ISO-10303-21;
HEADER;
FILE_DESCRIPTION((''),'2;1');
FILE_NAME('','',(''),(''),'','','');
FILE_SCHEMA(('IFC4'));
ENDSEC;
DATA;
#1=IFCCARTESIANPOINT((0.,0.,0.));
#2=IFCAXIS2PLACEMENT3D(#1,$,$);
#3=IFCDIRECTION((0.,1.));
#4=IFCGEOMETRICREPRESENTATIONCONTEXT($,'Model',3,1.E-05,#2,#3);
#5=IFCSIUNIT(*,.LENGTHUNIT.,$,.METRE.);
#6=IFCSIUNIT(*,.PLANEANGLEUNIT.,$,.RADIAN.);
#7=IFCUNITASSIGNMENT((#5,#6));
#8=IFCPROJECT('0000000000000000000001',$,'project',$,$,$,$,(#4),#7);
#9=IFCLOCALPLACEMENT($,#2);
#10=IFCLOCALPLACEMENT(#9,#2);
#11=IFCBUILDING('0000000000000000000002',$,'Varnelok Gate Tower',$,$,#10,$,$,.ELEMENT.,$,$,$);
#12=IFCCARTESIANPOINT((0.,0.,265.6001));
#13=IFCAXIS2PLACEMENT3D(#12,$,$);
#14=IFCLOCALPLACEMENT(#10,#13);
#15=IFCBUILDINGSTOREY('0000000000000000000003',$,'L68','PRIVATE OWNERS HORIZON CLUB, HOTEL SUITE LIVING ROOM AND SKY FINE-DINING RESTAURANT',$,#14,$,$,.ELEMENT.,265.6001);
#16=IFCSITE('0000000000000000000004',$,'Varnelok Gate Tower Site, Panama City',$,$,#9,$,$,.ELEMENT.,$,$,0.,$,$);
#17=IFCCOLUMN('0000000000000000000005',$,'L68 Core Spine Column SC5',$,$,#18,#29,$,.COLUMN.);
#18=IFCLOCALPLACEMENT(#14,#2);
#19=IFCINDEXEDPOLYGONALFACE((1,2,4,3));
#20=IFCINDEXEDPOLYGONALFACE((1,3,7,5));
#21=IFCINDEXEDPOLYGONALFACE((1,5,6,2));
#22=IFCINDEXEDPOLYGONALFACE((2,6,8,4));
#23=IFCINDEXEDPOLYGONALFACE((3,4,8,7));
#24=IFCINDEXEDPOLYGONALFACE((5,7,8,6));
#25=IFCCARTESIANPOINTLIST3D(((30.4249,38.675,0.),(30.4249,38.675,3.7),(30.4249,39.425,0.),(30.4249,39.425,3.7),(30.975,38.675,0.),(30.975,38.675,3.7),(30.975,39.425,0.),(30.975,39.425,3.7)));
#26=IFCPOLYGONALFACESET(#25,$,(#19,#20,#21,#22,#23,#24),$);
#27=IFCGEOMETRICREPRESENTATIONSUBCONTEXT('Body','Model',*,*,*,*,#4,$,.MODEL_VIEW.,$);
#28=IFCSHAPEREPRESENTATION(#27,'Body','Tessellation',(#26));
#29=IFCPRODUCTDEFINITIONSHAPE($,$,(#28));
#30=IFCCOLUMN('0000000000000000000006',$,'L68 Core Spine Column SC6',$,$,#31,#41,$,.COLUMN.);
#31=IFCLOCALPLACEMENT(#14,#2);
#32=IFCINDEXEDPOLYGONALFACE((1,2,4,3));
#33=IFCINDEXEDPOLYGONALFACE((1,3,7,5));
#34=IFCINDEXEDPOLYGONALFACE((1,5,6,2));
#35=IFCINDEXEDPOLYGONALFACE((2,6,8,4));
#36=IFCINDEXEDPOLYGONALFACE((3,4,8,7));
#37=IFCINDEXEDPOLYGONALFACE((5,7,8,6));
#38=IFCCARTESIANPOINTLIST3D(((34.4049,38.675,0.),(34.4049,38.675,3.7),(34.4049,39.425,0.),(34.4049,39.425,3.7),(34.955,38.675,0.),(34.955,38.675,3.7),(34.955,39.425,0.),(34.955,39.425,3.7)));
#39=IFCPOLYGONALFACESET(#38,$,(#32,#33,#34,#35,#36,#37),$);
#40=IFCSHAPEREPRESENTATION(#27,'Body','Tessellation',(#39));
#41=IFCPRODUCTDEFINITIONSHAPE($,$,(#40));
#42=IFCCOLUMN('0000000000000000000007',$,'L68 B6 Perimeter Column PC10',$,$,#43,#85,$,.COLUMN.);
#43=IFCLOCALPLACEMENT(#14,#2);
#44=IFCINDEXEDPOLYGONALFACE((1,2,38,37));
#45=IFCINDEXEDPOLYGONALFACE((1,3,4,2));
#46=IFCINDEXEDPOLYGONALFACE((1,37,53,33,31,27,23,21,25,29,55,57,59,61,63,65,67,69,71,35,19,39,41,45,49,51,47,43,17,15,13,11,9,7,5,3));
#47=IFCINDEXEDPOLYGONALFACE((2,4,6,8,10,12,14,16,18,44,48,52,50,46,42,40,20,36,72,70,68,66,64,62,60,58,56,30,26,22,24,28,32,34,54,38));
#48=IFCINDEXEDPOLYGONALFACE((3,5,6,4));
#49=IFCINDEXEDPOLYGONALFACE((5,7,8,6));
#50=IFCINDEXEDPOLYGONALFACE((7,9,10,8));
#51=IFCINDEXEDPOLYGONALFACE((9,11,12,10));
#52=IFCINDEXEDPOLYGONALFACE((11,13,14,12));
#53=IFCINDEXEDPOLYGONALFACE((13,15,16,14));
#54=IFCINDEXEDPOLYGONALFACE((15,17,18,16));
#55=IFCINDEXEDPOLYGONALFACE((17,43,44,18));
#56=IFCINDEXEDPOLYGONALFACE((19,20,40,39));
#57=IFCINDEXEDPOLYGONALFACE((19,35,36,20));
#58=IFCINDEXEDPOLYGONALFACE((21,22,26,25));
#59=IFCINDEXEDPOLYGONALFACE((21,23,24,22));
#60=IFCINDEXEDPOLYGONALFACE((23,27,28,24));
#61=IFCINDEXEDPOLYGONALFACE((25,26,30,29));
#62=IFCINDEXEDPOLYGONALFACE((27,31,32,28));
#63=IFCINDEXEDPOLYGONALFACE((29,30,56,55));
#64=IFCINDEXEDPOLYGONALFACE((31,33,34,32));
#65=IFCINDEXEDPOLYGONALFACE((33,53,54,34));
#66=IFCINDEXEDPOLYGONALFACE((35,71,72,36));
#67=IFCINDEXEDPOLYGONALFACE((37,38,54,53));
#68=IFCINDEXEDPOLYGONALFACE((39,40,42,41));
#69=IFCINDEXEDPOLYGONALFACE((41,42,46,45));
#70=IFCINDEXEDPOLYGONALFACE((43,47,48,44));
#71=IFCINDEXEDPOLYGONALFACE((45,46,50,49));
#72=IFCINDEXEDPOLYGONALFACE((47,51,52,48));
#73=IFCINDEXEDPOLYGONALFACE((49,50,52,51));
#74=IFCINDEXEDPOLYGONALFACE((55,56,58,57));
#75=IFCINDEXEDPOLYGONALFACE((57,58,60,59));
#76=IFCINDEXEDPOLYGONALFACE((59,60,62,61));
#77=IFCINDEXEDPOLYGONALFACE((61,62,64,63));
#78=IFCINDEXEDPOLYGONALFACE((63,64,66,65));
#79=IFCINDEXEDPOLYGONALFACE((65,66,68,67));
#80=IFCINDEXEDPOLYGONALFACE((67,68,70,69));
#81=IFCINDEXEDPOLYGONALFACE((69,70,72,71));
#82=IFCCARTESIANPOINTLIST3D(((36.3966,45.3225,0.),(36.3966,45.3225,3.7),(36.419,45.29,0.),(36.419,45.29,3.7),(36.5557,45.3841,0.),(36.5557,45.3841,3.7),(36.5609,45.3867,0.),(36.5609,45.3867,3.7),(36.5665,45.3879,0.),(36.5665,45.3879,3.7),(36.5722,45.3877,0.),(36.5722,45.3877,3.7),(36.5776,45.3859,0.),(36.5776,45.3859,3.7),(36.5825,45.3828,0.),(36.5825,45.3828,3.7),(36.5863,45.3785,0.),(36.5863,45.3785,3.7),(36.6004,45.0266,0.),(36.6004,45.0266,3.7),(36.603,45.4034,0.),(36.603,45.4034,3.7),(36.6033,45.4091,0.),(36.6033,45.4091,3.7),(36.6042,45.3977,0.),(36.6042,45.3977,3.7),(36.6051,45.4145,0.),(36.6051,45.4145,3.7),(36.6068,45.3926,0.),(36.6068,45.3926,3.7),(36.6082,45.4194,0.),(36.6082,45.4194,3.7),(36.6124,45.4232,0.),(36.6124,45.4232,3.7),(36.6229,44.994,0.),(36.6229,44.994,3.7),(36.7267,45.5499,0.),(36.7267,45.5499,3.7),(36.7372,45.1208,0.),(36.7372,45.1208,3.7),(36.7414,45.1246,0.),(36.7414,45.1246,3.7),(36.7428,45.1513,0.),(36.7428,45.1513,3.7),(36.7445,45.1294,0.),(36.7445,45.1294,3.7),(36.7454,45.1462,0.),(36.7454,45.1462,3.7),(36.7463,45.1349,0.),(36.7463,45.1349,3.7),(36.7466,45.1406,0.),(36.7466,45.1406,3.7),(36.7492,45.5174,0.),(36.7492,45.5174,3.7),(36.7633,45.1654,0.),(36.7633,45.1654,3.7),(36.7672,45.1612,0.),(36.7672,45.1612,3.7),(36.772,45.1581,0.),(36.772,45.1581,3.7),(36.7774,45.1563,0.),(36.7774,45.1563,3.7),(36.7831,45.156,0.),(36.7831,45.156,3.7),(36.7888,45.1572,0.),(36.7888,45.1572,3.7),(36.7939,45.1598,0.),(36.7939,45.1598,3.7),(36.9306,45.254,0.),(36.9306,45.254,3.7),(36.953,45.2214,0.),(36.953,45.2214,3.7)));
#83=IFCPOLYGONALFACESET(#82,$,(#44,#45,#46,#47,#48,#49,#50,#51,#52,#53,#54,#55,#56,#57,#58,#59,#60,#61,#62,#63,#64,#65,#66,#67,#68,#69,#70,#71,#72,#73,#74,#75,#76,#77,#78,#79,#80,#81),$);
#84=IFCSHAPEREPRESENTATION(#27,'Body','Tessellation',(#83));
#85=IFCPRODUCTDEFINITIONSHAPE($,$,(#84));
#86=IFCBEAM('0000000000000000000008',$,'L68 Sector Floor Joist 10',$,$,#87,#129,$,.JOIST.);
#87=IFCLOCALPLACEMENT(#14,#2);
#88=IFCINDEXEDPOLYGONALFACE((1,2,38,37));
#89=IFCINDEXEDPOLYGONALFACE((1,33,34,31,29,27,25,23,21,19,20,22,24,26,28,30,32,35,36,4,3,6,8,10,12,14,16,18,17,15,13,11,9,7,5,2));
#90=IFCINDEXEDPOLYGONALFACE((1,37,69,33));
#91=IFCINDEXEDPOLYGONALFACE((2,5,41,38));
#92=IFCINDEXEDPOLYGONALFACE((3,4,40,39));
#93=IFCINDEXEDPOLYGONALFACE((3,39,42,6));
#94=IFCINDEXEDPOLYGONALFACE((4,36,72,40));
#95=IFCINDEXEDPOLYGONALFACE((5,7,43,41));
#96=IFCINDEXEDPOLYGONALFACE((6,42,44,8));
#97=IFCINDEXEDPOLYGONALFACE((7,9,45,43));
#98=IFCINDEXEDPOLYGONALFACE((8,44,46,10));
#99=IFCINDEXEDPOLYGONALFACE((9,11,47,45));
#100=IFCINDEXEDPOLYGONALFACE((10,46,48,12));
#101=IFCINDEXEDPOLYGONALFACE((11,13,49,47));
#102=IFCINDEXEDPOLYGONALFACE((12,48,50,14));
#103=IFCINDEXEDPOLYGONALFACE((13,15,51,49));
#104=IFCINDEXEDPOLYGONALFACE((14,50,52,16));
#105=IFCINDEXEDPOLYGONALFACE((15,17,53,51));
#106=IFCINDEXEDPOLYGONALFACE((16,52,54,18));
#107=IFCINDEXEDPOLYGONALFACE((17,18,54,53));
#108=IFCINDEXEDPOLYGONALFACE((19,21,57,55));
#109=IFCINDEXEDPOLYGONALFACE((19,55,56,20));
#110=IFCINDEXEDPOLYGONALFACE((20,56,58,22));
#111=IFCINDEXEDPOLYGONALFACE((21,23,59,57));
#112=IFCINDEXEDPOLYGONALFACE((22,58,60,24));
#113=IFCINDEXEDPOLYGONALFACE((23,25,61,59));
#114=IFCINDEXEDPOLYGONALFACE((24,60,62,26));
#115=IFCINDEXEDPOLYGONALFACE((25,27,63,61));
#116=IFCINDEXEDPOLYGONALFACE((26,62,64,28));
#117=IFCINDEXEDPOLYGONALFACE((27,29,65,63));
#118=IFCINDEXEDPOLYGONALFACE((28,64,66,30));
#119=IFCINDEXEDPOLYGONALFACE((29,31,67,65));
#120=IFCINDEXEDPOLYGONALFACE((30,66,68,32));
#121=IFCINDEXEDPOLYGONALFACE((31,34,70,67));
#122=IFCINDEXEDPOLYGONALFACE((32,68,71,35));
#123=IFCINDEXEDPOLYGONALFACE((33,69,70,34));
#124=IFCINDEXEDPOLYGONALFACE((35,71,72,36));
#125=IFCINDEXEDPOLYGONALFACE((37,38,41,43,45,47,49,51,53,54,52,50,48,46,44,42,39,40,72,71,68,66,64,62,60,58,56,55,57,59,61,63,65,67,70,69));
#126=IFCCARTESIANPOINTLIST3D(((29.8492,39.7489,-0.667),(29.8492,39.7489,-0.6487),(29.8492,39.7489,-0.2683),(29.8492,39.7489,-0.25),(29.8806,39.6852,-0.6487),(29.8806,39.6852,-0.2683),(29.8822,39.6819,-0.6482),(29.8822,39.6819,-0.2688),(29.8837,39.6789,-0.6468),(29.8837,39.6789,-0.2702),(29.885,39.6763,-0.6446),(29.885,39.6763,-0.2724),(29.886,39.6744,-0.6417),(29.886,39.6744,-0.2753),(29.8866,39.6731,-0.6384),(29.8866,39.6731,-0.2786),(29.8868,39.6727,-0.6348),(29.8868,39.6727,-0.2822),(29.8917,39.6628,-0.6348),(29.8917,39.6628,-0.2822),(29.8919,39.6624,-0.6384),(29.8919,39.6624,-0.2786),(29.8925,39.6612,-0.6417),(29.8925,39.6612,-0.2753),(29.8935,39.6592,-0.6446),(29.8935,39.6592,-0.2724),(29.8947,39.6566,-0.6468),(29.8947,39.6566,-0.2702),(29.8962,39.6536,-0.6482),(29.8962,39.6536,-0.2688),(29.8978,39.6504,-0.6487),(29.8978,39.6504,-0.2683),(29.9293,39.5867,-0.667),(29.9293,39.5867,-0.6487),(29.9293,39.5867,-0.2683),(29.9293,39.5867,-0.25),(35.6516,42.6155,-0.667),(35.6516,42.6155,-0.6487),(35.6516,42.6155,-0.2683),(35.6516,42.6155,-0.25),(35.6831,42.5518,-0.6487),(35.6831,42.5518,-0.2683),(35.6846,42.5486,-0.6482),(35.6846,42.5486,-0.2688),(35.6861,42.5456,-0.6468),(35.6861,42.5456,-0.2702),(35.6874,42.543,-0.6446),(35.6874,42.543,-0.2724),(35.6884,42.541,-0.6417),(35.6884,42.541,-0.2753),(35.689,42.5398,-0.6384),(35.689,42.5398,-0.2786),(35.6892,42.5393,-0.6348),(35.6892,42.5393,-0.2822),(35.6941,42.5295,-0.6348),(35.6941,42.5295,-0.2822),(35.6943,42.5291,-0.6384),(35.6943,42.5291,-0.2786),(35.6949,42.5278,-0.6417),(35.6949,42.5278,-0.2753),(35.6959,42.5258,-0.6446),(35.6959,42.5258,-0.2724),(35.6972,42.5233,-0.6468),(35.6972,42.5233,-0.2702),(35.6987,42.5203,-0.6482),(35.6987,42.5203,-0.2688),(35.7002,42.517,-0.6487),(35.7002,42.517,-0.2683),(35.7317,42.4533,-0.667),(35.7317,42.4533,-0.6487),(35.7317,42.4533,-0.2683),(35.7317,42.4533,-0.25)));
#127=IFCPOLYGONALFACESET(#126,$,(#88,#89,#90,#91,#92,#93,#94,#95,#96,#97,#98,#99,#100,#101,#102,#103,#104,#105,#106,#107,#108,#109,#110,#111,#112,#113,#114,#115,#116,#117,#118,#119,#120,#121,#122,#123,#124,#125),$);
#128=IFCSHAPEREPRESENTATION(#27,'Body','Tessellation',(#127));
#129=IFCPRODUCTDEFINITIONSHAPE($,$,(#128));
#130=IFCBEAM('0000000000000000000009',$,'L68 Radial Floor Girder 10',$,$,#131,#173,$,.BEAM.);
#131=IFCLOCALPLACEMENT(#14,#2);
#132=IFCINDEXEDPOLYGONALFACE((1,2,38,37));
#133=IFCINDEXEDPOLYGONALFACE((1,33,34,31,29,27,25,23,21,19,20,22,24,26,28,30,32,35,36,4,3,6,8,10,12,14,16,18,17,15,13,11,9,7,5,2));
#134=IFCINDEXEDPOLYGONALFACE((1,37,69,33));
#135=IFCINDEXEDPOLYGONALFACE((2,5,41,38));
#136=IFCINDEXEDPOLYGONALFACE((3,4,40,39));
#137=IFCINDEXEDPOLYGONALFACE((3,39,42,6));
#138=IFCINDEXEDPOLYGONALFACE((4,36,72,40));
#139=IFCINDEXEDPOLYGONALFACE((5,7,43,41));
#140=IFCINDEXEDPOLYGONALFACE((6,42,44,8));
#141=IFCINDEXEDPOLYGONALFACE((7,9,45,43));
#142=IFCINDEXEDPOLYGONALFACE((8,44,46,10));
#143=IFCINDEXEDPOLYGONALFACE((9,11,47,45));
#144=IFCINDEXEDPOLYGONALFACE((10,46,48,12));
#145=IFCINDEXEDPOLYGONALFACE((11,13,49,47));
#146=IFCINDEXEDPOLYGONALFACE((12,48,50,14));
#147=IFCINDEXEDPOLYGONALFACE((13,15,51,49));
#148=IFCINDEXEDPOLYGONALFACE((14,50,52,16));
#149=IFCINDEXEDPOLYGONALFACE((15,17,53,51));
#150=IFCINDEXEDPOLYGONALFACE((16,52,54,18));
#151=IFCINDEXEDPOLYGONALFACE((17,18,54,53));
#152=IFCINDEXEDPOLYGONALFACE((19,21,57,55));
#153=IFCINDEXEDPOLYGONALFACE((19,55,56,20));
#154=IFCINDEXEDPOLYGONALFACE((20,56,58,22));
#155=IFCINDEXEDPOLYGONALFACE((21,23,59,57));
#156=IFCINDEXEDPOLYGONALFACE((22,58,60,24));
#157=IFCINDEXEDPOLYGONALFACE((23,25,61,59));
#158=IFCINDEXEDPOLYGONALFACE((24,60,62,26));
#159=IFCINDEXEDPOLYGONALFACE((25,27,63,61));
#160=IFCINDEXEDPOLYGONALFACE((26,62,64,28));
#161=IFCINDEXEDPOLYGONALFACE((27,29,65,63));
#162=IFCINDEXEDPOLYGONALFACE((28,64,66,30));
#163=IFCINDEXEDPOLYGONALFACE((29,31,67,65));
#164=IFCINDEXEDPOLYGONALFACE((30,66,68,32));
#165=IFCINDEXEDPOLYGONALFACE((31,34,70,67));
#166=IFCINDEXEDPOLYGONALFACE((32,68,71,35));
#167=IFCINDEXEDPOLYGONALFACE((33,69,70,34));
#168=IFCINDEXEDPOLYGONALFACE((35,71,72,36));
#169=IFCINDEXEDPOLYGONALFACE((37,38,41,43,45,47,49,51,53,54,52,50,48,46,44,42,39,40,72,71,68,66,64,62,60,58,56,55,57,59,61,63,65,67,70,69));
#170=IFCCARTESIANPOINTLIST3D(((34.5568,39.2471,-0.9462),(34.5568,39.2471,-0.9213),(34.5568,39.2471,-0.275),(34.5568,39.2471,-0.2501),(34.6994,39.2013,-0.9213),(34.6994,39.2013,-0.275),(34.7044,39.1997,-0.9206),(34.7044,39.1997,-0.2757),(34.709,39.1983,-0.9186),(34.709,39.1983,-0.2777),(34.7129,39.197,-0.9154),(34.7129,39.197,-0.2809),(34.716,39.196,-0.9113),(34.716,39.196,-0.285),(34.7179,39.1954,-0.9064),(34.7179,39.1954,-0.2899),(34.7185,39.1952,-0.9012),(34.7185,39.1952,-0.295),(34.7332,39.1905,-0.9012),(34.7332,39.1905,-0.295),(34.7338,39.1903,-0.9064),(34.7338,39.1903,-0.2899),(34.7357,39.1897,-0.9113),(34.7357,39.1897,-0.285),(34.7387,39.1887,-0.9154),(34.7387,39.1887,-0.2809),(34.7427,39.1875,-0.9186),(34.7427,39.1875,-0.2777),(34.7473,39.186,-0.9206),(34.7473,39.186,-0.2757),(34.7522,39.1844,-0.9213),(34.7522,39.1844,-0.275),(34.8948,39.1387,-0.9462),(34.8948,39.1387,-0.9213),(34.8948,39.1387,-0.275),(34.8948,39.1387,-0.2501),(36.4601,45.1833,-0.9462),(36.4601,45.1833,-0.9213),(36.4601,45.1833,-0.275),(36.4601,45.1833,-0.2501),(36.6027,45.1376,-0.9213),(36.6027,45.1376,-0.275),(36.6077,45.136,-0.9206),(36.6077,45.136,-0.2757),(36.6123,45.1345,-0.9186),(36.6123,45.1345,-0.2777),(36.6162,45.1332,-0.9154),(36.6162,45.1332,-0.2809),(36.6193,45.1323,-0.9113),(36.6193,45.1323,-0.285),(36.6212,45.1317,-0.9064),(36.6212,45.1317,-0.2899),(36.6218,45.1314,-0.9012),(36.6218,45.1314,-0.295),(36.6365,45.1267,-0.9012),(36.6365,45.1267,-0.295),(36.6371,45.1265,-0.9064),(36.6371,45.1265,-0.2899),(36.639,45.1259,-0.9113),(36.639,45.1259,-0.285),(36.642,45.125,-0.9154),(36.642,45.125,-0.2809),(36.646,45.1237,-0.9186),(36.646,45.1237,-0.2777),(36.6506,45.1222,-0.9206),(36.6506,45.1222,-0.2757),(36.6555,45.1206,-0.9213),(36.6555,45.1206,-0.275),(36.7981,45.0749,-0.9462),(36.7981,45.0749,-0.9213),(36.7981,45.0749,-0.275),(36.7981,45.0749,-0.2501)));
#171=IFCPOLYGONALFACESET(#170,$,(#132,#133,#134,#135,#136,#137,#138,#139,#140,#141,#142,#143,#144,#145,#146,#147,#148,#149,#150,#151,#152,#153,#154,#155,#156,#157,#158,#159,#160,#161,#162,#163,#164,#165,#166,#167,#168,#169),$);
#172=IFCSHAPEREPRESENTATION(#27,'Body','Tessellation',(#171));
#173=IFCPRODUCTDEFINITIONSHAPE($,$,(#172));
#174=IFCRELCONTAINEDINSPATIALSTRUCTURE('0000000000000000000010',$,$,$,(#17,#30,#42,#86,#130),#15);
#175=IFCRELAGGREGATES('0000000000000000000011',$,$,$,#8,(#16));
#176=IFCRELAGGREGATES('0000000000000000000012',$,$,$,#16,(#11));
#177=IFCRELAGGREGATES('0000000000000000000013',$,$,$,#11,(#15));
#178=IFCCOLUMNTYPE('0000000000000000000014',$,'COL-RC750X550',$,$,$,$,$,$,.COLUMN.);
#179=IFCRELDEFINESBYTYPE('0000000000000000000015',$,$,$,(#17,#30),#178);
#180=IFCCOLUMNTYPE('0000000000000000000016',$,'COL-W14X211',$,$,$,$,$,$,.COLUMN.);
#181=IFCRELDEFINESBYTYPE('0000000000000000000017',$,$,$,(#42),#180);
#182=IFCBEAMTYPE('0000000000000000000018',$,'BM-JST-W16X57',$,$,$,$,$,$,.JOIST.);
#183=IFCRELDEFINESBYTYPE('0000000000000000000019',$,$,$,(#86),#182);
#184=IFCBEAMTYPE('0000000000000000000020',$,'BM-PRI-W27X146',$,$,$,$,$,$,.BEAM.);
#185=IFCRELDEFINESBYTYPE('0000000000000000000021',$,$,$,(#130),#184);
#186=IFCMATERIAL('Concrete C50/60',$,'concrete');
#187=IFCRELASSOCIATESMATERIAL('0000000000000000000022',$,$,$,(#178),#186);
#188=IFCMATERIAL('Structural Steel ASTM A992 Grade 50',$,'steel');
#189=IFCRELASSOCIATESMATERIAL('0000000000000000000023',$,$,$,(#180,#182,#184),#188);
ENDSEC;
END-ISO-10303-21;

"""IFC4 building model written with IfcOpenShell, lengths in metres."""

from ifc_helpers import new_model, si_unit, direction, frame, origin, origin_2d, place, context, subcontext, project, spatial, rectangle, i_section, extrude, material, material_profile, profile_set, type_object, element, save


model = new_model("IFC4")

# Units and contexts
model_context = context("Model", 3, precision=1e-05, world=origin(), true_north=direction((0.0, 1.0)))
body_context = subcontext(model_context, "Body", "Model", "MODEL_VIEW")
ifc_project = project(units=[si_unit("LENGTHUNIT", "METRE"), si_unit("PLANEANGLEUNIT", "RADIAN")], contexts=[model_context])

# Site, building, storey
site_placement = place(None, origin())
site = spatial("IfcSite", under=ifc_project, at=site_placement, Name="Varnelok Gate Tower Site, Panama City", CompositionType="ELEMENT", RefElevation=0.0)
building_placement = place(site_placement, origin())
building = spatial("IfcBuilding", under=site, at=building_placement, Name="Varnelok Gate Tower", CompositionType="ELEMENT")
storey_placement = place(building_placement, frame((0.0, 0.0, 265.6001)))
storey = spatial("IfcBuildingStorey", under=building, at=storey_placement, Name="L68", Description="PRIVATE OWNERS HORIZON CLUB, HOTEL SUITE LIVING ROOM AND SKY FINE-DINING RESTAURANT", CompositionType="ELEMENT", Elevation=265.6001)

# Columns
ifc_material_1 = material(Name="Concrete C50/60", Category="concrete")
ifc_material_profile_1 = material_profile(ifc_material_1, rectangle(XDim=0.55, YDim=0.75, at=origin_2d()), Name="RC750X550")
ifc_profile_set_1 = profile_set([ifc_material_profile_1], Name="Concrete C50/60")
column_type_1 = type_object("IfcColumnType", Name="COL-RC750X550", PredefinedType="COLUMN", material=ifc_profile_set_1)
for number, where, z_axis, x_axis, name in (
    (1, (30.7, 39.05, 0.0), (0.0, 0.0, 1.0), (1.0, 0.0, 0.0), "L68 Core Spine Column SC5"),
    (2, (34.6799, 39.05, 0.0), (0.0, 0.0, 1.0), (1.0, 0.0, 0.0), "L68 Core Spine Column SC6"),
):
    element("IfcColumn", number, at=place(storey_placement, frame(where, z_axis=z_axis, x_axis=x_axis)), inside=storey, type_object=column_type_1, Name=name, PredefinedType="COLUMN", context=body_context, shape_type="SweptSolid", body=[
        extrude(rectangle(XDim=0.55, YDim=0.75, at=origin_2d()), origin(), (0.0, 0.0, 1.0), 3.7),
    ])
ifc_material_2 = material(Name="Structural Steel ASTM A992 Grade 50", Category="steel")
ifc_material_profile_2 = material_profile(ifc_material_2, i_section(OverallWidth=0.4009, OverallDepth=0.3989, WebThickness=0.0249, FlangeThickness=0.0396, FilletRadius=0.022, at=origin_2d()), Name="W14X211")
ifc_profile_set_2 = profile_set([ifc_material_profile_2], Name="Structural Steel ASTM A992 Grade 50")
column_type_2 = type_object("IfcColumnType", Name="COL-W14X211", PredefinedType="COLUMN", material=ifc_profile_set_2)
column_placement = place(storey_placement, frame((36.6748, 45.272, 0.0), z_axis=(0.0, 0.0, 1.0), x_axis=(0.823533, 0.567269, 0.0)))
element("IfcColumn", 3, at=column_placement, inside=storey, type_object=column_type_2, Name="L68 B6 Perimeter Column PC10", PredefinedType="COLUMN", context=body_context, shape_type="SweptSolid", body=[
    extrude(i_section(OverallWidth=0.4009, OverallDepth=0.3989, WebThickness=0.0249, FlangeThickness=0.0396, FilletRadius=0.022, at=origin_2d()), origin(), (0.0, 0.0, 1.0), 3.7),
])

# Beams
ifc_material_profile_3 = material_profile(ifc_material_2, i_section(OverallWidth=0.1809, OverallDepth=0.417, WebThickness=0.011, FlangeThickness=0.0183, FilletRadius=0.0139, at=origin_2d()), Name="W16X57")
ifc_profile_set_3 = profile_set([ifc_material_profile_3], Name="Structural Steel ASTM A992 Grade 50")
beam_type_1 = type_object("IfcBeamType", Name="BM-JST-W16X57", PredefinedType="JOIST", material=ifc_profile_set_3)
beam_1_placement = place(storey_placement, frame((35.6917, 42.5344, -0.4585), z_axis=(-0.896552, -0.442938, 0.0), x_axis=(0.442938, -0.896552, 0.0)))
element("IfcBeam", 4, at=beam_1_placement, inside=storey, type_object=beam_type_1, Name="L68 Sector Floor Joist 10", PredefinedType="JOIST", context=body_context, shape_type="SweptSolid", body=[
    extrude(i_section(OverallWidth=0.1809, OverallDepth=0.417, WebThickness=0.011, FlangeThickness=0.0183, FilletRadius=0.0139, at=origin_2d()), origin(), (0.0, 0.0, 1.0), 6.4719),
])
ifc_material_profile_4 = material_profile(ifc_material_2, i_section(OverallWidth=0.355, OverallDepth=0.696, WebThickness=0.0154, FlangeThickness=0.0249, FilletRadius=0.02, at=origin_2d()), Name="W27X146")
ifc_profile_set_4 = profile_set([ifc_material_profile_4], Name="Structural Steel ASTM A992 Grade 50")
beam_type_2 = type_object("IfcBeamType", Name="BM-PRI-W27X146", PredefinedType="BEAM", material=ifc_profile_set_4)
beam_2_placement = place(storey_placement, frame((34.7258, 39.1929, -0.5981), z_axis=(0.305316, 0.952251, 0.0), x_axis=(-0.952251, 0.305316, 0.0)))
element("IfcBeam", 5, at=beam_2_placement, inside=storey, type_object=beam_type_2, Name="L68 Radial Floor Girder 10", PredefinedType="BEAM", context=body_context, shape_type="SweptSolid", body=[
    extrude(i_section(OverallWidth=0.355, OverallDepth=0.696, WebThickness=0.0154, FlangeThickness=0.0249, FilletRadius=0.02, at=origin_2d()), origin(), (0.0, 0.0, 1.0), 6.2339),
])

save(model, "model.ifc")
